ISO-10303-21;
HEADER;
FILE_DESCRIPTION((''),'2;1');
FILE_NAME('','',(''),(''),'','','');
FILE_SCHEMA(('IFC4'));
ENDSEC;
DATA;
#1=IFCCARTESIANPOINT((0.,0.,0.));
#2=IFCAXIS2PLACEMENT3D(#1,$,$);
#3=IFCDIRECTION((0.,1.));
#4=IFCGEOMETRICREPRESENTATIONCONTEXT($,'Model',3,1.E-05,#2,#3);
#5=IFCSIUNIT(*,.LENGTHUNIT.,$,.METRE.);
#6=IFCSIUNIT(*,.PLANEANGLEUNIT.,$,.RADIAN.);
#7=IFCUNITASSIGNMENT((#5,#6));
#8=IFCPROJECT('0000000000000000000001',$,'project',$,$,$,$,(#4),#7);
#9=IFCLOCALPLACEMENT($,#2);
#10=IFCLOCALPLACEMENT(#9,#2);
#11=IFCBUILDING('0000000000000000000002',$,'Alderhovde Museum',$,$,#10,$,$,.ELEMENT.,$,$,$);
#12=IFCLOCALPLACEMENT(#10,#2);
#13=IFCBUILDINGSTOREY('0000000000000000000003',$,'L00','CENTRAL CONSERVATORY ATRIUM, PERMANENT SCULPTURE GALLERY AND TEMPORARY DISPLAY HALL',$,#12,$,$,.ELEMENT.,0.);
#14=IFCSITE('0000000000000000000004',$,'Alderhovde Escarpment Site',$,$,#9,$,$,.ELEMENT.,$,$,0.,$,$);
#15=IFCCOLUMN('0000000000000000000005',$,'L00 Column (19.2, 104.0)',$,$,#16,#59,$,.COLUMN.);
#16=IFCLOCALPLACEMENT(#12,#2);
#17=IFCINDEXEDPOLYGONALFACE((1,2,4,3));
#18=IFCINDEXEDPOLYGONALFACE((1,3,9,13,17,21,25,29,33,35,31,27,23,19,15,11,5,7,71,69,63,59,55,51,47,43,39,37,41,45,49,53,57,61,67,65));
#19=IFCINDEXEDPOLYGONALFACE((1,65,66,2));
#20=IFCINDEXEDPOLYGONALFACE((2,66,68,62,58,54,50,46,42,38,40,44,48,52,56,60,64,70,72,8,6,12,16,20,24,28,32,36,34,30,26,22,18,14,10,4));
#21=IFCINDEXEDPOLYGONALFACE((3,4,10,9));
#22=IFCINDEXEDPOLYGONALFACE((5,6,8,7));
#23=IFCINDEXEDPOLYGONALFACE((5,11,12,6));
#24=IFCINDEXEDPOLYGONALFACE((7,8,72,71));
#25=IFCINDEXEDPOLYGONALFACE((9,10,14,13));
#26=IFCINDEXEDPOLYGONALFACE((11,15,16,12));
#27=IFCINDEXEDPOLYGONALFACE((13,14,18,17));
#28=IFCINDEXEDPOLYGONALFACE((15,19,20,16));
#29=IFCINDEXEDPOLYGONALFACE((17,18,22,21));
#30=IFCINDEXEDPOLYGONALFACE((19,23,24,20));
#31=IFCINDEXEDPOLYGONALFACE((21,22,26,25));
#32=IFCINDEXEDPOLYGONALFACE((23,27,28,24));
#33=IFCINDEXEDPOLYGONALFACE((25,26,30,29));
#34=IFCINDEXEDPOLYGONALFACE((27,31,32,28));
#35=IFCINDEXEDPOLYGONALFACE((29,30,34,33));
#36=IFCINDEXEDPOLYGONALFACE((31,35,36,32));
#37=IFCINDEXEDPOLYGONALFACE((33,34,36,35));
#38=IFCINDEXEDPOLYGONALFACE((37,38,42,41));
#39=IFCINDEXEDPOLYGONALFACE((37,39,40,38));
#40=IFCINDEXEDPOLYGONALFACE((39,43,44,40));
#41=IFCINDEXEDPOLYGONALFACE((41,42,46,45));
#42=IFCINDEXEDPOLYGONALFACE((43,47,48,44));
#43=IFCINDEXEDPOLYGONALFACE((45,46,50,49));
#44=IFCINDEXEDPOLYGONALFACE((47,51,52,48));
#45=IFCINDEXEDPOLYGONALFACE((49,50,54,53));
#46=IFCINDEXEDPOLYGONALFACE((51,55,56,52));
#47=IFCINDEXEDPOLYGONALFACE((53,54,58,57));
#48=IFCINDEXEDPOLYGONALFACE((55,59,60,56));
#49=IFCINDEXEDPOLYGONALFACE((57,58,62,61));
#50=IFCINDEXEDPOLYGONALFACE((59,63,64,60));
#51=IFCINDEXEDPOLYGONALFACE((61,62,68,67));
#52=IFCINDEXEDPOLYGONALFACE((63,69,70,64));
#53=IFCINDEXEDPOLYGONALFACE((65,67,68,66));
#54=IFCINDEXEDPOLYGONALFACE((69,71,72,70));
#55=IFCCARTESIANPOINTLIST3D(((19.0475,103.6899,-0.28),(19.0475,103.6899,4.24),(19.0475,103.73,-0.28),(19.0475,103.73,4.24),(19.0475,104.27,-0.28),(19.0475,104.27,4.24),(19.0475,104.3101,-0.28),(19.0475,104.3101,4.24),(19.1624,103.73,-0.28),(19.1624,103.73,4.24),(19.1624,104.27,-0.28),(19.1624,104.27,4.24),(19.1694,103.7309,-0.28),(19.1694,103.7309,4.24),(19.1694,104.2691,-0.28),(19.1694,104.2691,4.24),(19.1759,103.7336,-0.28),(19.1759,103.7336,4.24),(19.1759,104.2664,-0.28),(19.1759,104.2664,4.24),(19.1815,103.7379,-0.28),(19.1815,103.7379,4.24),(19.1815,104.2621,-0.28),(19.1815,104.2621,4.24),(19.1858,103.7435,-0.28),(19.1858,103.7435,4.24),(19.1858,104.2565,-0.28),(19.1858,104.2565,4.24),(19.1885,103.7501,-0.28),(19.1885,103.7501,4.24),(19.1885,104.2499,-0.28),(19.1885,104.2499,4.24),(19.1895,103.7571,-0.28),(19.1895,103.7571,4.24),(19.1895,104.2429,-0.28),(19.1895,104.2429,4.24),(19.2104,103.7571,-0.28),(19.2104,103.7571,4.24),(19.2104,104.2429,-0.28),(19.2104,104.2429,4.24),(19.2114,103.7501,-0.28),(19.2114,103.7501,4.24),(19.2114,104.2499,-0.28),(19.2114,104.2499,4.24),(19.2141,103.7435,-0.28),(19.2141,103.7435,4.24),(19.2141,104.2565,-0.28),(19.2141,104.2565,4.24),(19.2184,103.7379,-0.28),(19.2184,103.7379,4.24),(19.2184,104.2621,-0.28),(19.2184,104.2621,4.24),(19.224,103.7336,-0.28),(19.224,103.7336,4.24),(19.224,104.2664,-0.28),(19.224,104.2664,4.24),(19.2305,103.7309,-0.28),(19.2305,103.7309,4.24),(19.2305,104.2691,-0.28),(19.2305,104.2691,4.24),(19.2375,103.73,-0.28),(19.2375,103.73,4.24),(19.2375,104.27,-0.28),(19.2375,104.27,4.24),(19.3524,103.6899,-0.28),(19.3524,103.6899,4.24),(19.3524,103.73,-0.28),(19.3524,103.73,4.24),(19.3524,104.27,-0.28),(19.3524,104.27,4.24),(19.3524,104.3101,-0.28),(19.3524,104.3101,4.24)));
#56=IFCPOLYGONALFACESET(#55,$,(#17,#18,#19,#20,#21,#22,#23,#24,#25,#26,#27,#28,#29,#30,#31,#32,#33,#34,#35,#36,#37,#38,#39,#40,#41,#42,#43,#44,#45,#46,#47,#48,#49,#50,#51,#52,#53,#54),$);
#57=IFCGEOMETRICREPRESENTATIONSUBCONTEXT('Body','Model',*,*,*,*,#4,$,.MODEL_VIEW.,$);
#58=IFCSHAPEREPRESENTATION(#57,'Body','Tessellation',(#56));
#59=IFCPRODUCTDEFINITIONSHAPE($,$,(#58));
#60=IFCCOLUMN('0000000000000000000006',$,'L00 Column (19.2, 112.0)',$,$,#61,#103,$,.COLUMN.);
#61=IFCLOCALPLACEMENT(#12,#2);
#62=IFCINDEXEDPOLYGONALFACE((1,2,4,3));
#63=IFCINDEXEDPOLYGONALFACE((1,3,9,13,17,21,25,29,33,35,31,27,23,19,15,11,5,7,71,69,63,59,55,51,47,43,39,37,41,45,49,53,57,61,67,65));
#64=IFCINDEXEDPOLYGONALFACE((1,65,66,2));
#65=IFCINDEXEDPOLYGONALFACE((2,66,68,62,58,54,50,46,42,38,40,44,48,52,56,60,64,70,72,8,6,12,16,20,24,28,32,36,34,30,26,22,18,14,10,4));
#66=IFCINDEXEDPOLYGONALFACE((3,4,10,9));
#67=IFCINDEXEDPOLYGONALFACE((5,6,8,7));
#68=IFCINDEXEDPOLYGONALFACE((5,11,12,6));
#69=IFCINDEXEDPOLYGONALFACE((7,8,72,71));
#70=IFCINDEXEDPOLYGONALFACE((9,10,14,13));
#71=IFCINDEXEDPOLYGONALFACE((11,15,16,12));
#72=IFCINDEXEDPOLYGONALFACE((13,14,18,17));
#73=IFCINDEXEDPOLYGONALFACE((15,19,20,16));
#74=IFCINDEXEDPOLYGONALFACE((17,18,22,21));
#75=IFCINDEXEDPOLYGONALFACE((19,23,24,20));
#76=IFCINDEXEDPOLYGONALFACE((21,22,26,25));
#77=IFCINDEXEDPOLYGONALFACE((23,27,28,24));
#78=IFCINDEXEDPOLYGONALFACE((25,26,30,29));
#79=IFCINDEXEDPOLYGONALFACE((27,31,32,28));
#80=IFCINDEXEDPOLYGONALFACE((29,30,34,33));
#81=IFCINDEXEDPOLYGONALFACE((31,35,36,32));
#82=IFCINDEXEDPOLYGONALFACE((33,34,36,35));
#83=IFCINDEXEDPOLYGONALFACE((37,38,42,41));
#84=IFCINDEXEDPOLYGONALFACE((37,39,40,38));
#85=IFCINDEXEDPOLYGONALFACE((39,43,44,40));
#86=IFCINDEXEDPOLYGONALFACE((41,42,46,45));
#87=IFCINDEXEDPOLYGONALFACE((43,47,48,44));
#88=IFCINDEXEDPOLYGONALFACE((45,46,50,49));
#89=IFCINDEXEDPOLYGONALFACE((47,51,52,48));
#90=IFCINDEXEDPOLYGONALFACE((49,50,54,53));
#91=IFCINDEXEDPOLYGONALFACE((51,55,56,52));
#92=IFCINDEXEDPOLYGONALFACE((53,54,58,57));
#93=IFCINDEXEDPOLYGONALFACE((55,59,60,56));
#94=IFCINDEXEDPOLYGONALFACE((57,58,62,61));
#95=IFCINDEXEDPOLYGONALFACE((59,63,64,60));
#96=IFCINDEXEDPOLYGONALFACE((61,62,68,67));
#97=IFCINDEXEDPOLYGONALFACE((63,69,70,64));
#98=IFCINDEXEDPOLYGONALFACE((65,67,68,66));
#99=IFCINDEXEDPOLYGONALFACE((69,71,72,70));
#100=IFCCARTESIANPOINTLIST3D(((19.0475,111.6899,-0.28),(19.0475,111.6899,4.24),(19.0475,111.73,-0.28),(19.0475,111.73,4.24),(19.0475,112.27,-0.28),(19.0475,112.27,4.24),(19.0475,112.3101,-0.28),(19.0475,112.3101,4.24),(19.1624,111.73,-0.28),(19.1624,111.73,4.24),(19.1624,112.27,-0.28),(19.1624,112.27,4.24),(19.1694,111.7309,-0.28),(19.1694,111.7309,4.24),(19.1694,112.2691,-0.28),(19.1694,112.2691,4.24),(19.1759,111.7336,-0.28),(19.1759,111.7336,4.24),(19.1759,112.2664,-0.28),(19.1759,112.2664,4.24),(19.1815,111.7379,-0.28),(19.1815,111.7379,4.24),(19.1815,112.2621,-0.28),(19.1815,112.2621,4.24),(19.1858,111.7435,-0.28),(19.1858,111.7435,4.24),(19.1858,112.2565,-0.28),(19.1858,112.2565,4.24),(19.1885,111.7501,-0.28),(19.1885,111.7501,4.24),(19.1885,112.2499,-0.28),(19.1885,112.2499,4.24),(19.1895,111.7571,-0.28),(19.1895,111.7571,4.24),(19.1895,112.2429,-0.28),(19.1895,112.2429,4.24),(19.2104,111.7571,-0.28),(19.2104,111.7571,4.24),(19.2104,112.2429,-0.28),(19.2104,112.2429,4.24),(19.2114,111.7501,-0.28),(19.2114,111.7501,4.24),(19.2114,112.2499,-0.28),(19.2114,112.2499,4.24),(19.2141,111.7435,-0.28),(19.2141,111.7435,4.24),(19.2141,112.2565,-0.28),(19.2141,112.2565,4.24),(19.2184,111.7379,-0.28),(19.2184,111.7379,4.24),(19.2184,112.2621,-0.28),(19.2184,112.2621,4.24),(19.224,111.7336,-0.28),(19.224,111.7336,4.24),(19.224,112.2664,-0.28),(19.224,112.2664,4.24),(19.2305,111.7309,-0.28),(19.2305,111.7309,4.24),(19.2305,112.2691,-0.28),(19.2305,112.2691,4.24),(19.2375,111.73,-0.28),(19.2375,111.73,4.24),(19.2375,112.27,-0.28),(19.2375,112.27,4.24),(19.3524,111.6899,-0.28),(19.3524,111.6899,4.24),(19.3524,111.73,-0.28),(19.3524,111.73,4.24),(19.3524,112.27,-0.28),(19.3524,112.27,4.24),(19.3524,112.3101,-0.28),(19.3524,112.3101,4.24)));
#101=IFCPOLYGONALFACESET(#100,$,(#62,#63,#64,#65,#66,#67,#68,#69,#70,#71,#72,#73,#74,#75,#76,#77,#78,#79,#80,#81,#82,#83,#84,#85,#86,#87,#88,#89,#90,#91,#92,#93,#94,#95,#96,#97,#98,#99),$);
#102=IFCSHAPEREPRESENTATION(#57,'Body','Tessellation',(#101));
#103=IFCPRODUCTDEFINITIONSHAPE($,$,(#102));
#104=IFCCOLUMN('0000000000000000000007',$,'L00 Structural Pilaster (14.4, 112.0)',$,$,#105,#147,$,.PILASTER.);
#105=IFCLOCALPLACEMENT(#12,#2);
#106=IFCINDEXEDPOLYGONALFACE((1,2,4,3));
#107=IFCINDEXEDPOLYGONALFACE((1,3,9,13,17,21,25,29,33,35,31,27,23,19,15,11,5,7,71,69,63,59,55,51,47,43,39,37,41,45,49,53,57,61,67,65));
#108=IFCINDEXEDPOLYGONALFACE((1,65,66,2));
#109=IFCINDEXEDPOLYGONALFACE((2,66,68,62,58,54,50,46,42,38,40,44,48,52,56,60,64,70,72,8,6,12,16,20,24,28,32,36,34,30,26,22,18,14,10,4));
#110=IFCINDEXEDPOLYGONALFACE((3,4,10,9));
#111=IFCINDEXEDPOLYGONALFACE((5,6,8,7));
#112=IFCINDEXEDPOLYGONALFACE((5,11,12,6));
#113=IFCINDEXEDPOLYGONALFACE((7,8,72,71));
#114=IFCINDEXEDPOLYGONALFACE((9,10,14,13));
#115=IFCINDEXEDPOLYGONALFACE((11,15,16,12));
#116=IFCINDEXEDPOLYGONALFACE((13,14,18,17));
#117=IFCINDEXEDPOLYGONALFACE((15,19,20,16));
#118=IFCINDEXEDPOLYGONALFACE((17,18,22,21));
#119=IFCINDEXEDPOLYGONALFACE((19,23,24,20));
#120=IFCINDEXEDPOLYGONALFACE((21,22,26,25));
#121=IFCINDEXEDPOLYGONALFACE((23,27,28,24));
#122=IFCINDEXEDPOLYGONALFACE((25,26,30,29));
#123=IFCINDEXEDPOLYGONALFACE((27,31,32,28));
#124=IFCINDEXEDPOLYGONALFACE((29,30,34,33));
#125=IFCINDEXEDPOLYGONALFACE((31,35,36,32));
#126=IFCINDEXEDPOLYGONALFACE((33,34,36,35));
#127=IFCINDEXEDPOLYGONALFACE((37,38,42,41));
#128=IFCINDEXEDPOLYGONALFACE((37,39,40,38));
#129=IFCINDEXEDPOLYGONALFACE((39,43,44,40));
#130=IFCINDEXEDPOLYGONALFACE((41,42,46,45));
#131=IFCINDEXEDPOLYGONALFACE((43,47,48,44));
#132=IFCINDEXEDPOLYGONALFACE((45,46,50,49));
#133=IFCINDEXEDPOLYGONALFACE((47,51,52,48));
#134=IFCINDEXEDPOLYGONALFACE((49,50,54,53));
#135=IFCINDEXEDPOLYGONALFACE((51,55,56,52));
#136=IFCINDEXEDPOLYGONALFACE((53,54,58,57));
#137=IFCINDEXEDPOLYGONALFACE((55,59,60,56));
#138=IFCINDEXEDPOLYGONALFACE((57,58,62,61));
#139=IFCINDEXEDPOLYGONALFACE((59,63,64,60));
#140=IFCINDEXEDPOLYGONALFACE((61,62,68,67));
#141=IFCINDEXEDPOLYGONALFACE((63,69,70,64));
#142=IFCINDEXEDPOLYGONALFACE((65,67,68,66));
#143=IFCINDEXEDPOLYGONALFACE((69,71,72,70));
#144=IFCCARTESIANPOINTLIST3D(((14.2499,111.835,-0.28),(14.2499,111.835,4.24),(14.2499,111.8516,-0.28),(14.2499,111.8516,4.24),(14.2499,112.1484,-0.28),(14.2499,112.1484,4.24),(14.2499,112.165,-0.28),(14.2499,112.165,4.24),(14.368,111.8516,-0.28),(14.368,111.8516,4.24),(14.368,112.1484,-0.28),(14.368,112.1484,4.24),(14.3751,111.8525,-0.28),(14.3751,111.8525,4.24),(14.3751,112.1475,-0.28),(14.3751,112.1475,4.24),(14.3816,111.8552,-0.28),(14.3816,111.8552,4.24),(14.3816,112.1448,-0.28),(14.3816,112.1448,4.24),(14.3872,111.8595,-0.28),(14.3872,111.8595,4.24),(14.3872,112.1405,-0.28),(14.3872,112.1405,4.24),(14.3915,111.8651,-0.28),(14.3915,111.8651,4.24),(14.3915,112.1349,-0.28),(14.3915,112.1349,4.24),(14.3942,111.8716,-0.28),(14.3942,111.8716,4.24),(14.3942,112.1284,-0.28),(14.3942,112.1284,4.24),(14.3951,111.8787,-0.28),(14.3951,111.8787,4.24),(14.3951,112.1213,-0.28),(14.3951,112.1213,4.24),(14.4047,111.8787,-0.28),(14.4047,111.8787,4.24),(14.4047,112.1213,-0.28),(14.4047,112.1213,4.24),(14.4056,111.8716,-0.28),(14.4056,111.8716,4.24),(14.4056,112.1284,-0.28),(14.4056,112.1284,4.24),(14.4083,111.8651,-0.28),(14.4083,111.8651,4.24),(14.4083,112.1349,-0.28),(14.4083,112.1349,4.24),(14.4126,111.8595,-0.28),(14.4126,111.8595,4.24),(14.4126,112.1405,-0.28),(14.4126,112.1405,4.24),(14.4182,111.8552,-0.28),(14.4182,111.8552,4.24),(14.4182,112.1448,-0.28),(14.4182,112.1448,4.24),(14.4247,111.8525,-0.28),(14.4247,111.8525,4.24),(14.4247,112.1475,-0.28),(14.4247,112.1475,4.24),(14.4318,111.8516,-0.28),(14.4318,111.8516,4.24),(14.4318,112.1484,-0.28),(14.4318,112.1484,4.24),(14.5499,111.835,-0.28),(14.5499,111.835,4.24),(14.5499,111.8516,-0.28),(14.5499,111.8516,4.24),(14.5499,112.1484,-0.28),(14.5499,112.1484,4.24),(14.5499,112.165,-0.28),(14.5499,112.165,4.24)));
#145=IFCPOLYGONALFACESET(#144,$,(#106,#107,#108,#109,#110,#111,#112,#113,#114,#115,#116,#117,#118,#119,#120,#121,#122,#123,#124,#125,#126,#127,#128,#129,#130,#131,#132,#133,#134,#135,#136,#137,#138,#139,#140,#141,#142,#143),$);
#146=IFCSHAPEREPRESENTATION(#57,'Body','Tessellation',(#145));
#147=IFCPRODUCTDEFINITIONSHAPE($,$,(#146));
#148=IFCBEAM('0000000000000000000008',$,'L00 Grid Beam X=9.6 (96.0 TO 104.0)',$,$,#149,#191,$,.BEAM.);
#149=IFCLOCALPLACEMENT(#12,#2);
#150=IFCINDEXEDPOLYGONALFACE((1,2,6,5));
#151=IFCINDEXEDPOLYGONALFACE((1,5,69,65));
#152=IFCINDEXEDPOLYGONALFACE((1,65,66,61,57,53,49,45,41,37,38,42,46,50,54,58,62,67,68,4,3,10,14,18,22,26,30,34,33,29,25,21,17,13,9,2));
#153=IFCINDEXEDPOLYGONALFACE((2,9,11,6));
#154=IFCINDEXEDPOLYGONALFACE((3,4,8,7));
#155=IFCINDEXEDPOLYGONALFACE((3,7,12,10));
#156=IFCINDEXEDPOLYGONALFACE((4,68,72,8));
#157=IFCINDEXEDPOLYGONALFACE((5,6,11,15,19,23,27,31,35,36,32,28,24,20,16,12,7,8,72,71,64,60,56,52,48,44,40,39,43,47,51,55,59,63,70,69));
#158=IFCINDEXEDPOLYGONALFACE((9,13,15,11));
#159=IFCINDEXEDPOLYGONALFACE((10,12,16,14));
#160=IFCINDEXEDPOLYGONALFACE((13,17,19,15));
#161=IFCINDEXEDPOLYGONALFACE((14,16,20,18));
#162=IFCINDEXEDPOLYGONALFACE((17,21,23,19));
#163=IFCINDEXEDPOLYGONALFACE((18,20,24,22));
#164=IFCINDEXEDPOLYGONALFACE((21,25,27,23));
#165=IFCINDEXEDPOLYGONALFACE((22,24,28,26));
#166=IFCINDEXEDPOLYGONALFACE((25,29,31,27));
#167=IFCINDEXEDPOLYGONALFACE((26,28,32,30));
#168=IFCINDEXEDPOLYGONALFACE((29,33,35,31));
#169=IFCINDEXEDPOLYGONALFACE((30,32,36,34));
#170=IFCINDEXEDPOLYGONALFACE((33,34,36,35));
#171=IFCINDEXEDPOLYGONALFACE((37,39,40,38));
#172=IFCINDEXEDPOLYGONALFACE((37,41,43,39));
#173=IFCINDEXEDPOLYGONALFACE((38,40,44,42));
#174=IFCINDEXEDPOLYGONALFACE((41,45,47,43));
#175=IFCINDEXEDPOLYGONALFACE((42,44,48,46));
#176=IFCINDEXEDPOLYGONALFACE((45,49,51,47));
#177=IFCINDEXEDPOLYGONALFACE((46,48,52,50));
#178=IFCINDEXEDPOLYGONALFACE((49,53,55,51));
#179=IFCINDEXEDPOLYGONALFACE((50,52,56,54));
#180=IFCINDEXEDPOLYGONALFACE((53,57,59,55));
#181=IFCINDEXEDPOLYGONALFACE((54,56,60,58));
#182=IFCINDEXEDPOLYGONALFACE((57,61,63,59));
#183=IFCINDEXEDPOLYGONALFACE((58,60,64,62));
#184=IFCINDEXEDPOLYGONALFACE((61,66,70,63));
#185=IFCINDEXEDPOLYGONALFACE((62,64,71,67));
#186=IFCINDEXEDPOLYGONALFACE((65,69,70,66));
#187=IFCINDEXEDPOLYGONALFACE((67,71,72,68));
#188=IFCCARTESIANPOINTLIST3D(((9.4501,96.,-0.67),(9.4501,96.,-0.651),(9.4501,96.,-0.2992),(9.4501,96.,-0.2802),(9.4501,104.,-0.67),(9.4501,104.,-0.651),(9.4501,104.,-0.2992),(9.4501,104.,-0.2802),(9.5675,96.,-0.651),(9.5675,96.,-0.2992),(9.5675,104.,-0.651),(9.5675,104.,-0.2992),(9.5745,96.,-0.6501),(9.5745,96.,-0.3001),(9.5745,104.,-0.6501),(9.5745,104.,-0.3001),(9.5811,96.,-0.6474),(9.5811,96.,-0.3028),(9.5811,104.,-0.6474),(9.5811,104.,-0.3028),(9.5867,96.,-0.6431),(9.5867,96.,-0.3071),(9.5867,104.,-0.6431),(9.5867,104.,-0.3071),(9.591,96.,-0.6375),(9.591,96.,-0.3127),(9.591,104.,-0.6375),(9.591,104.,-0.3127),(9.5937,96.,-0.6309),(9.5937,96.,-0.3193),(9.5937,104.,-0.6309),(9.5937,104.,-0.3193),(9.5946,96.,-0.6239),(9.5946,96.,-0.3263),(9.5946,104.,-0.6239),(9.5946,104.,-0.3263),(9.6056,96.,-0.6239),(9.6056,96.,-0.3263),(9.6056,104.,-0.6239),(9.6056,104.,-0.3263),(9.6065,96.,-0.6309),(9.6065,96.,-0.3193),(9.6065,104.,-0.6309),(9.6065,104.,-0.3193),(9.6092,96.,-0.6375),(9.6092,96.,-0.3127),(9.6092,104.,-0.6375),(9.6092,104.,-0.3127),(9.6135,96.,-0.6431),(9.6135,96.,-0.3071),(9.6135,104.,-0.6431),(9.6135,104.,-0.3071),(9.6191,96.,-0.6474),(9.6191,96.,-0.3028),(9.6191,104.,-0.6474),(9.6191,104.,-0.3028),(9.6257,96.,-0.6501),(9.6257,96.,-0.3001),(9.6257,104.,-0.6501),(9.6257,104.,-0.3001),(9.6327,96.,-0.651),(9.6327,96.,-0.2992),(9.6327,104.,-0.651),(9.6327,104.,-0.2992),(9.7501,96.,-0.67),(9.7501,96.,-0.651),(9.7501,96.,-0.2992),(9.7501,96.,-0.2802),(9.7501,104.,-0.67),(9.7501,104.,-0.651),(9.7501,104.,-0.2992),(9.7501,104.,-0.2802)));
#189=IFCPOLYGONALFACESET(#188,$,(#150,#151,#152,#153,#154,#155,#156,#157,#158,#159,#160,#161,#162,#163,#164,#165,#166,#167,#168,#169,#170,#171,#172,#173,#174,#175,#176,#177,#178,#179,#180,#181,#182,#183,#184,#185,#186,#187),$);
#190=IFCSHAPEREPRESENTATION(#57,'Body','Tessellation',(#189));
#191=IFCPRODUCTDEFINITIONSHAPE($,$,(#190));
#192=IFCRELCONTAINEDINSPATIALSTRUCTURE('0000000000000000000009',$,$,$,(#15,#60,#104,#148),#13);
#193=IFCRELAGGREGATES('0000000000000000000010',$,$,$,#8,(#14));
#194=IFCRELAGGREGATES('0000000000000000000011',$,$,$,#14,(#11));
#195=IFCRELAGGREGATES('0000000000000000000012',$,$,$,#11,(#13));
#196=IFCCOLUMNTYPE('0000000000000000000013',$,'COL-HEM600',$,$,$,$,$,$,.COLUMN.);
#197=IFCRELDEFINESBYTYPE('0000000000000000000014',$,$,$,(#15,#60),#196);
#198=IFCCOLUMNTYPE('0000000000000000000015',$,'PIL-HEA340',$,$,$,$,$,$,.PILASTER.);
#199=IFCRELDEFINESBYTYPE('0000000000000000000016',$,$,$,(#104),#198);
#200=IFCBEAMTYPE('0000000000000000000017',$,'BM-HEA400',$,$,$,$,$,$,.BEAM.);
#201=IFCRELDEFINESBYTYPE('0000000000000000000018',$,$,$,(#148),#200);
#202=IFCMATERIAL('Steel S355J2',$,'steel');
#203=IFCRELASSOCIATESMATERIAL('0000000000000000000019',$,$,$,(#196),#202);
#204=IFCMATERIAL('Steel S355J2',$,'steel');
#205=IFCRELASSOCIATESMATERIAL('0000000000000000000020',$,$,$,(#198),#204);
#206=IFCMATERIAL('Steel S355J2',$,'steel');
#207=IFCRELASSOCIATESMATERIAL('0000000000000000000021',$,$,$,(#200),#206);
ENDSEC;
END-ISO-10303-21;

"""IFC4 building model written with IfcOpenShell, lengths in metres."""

from ifc_helpers import new_model, si_unit, direction, frame, origin, origin_2d, place, context, subcontext, project, spatial, i_section, extrude, material, material_profile, profile_set, type_object, element, save


model = new_model("IFC4")

# Units and contexts
model_context = context("Model", 3, precision=1e-05, world=origin(), true_north=direction((0.0, 1.0)))
body_context = subcontext(model_context, "Body", "Model", "MODEL_VIEW")
ifc_project = project(units=[si_unit("LENGTHUNIT", "METRE"), si_unit("PLANEANGLEUNIT", "RADIAN")], contexts=[model_context])

# Site, building, storey
site_placement = place(None, origin())
site = spatial("IfcSite", under=ifc_project, at=site_placement, Name="Alderhovde Escarpment Site", CompositionType="ELEMENT", RefElevation=0.0)
building_placement = place(site_placement, origin())
building = spatial("IfcBuilding", under=site, at=building_placement, Name="Alderhovde Museum", CompositionType="ELEMENT")
storey_placement = place(building_placement, origin())
storey = spatial("IfcBuildingStorey", under=building, at=storey_placement, Name="L00", Description="CENTRAL CONSERVATORY ATRIUM, PERMANENT SCULPTURE GALLERY AND TEMPORARY DISPLAY HALL", CompositionType="ELEMENT", Elevation=0.0)

# Columns
ifc_material_1 = material(Name="Steel S355J2", Category="steel")
ifc_material_profile_1 = material_profile(ifc_material_1, i_section(OverallWidth=0.3049, OverallDepth=0.6201, WebThickness=0.021, FlangeThickness=0.04, FilletRadius=0.0271, at=origin_2d()), Name="HEM 600")
ifc_profile_set_1 = profile_set([ifc_material_profile_1], Name="Steel S355J2")
column_type_1 = type_object("IfcColumnType", Name="COL-HEM600", PredefinedType="COLUMN", material=ifc_profile_set_1)
for number, where, z_axis, x_axis, name in (
    (1, (19.2, 104.0, -0.28), (0.0, 0.0, 1.0), (1.0, 0.0, 0.0), "L00 Column (19.2, 104.0)"),
    (2, (19.2, 112.0, -0.28), (0.0, 0.0, 1.0), (1.0, 0.0, 0.0), "L00 Column (19.2, 112.0)"),
):
    element("IfcColumn", number, at=place(storey_placement, frame(where, z_axis=z_axis, x_axis=x_axis)), inside=storey, type_object=column_type_1, Name=name, PredefinedType="COLUMN", context=body_context, shape_type="SweptSolid", body=[
        extrude(i_section(OverallWidth=0.3049, OverallDepth=0.6201, WebThickness=0.021, FlangeThickness=0.04, FilletRadius=0.0271, at=origin_2d()), origin(), (0.0, 0.0, 1.0), 4.52),
    ])
ifc_material_2 = material(Name="Steel S355J2", Category="steel")
ifc_material_profile_2 = material_profile(ifc_material_2, i_section(OverallWidth=0.3, OverallDepth=0.3301, WebThickness=0.0095, FlangeThickness=0.0166, FilletRadius=0.0271, at=origin_2d()), Name="HEA 340")
ifc_profile_set_2 = profile_set([ifc_material_profile_2], Name="Steel S355J2")
column_type_2 = type_object("IfcColumnType", Name="PIL-HEA340", PredefinedType="PILASTER", material=ifc_profile_set_2)
column_placement = place(storey_placement, frame((14.3999, 112.0, -0.28), z_axis=(0.0, 0.0, 1.0), x_axis=(1.0, 0.0, 0.0)))
element("IfcColumn", 3, at=column_placement, inside=storey, type_object=column_type_2, Name="L00 Structural Pilaster (14.4, 112.0)", PredefinedType="PILASTER", context=body_context, shape_type="SweptSolid", body=[
    extrude(i_section(OverallWidth=0.3, OverallDepth=0.3301, WebThickness=0.0095, FlangeThickness=0.0166, FilletRadius=0.0271, at=origin_2d()), origin(), (0.0, 0.0, 1.0), 4.52),
])

# Beam
ifc_material_3 = material(Name="Steel S355J2", Category="steel")
ifc_material_profile_3 = material_profile(ifc_material_3, i_section(OverallWidth=0.3, OverallDepth=0.3899, WebThickness=0.011, FlangeThickness=0.019, FilletRadius=0.0271, at=origin_2d()), Name="HEA 400")
ifc_profile_set_3 = profile_set([ifc_material_profile_3], Name="Steel S355J2")
beam_type_1 = type_object("IfcBeamType", Name="BM-HEA400", PredefinedType="BEAM", material=ifc_profile_set_3)
for number, where, z_axis, x_axis, name in (
    (4, (9.6001, 96.0, -0.4751), (0.0, 1.0, 0.0), (-1.0, 0.0, 0.0), "L00 Grid Beam X=9.6 (96.0 TO 104.0)"),
):
    element("IfcBeam", number, at=place(storey_placement, frame(where, z_axis=z_axis, x_axis=x_axis)), inside=storey, type_object=beam_type_1, Name=name, PredefinedType="BEAM", context=body_context, shape_type="SweptSolid", body=[
        extrude(i_section(OverallWidth=0.3, OverallDepth=0.3899, WebThickness=0.011, FlangeThickness=0.019, FilletRadius=0.0271, at=origin_2d()), origin(), (0.0, 0.0, 1.0), 8.0),
    ])

save(model, "model.ifc")
